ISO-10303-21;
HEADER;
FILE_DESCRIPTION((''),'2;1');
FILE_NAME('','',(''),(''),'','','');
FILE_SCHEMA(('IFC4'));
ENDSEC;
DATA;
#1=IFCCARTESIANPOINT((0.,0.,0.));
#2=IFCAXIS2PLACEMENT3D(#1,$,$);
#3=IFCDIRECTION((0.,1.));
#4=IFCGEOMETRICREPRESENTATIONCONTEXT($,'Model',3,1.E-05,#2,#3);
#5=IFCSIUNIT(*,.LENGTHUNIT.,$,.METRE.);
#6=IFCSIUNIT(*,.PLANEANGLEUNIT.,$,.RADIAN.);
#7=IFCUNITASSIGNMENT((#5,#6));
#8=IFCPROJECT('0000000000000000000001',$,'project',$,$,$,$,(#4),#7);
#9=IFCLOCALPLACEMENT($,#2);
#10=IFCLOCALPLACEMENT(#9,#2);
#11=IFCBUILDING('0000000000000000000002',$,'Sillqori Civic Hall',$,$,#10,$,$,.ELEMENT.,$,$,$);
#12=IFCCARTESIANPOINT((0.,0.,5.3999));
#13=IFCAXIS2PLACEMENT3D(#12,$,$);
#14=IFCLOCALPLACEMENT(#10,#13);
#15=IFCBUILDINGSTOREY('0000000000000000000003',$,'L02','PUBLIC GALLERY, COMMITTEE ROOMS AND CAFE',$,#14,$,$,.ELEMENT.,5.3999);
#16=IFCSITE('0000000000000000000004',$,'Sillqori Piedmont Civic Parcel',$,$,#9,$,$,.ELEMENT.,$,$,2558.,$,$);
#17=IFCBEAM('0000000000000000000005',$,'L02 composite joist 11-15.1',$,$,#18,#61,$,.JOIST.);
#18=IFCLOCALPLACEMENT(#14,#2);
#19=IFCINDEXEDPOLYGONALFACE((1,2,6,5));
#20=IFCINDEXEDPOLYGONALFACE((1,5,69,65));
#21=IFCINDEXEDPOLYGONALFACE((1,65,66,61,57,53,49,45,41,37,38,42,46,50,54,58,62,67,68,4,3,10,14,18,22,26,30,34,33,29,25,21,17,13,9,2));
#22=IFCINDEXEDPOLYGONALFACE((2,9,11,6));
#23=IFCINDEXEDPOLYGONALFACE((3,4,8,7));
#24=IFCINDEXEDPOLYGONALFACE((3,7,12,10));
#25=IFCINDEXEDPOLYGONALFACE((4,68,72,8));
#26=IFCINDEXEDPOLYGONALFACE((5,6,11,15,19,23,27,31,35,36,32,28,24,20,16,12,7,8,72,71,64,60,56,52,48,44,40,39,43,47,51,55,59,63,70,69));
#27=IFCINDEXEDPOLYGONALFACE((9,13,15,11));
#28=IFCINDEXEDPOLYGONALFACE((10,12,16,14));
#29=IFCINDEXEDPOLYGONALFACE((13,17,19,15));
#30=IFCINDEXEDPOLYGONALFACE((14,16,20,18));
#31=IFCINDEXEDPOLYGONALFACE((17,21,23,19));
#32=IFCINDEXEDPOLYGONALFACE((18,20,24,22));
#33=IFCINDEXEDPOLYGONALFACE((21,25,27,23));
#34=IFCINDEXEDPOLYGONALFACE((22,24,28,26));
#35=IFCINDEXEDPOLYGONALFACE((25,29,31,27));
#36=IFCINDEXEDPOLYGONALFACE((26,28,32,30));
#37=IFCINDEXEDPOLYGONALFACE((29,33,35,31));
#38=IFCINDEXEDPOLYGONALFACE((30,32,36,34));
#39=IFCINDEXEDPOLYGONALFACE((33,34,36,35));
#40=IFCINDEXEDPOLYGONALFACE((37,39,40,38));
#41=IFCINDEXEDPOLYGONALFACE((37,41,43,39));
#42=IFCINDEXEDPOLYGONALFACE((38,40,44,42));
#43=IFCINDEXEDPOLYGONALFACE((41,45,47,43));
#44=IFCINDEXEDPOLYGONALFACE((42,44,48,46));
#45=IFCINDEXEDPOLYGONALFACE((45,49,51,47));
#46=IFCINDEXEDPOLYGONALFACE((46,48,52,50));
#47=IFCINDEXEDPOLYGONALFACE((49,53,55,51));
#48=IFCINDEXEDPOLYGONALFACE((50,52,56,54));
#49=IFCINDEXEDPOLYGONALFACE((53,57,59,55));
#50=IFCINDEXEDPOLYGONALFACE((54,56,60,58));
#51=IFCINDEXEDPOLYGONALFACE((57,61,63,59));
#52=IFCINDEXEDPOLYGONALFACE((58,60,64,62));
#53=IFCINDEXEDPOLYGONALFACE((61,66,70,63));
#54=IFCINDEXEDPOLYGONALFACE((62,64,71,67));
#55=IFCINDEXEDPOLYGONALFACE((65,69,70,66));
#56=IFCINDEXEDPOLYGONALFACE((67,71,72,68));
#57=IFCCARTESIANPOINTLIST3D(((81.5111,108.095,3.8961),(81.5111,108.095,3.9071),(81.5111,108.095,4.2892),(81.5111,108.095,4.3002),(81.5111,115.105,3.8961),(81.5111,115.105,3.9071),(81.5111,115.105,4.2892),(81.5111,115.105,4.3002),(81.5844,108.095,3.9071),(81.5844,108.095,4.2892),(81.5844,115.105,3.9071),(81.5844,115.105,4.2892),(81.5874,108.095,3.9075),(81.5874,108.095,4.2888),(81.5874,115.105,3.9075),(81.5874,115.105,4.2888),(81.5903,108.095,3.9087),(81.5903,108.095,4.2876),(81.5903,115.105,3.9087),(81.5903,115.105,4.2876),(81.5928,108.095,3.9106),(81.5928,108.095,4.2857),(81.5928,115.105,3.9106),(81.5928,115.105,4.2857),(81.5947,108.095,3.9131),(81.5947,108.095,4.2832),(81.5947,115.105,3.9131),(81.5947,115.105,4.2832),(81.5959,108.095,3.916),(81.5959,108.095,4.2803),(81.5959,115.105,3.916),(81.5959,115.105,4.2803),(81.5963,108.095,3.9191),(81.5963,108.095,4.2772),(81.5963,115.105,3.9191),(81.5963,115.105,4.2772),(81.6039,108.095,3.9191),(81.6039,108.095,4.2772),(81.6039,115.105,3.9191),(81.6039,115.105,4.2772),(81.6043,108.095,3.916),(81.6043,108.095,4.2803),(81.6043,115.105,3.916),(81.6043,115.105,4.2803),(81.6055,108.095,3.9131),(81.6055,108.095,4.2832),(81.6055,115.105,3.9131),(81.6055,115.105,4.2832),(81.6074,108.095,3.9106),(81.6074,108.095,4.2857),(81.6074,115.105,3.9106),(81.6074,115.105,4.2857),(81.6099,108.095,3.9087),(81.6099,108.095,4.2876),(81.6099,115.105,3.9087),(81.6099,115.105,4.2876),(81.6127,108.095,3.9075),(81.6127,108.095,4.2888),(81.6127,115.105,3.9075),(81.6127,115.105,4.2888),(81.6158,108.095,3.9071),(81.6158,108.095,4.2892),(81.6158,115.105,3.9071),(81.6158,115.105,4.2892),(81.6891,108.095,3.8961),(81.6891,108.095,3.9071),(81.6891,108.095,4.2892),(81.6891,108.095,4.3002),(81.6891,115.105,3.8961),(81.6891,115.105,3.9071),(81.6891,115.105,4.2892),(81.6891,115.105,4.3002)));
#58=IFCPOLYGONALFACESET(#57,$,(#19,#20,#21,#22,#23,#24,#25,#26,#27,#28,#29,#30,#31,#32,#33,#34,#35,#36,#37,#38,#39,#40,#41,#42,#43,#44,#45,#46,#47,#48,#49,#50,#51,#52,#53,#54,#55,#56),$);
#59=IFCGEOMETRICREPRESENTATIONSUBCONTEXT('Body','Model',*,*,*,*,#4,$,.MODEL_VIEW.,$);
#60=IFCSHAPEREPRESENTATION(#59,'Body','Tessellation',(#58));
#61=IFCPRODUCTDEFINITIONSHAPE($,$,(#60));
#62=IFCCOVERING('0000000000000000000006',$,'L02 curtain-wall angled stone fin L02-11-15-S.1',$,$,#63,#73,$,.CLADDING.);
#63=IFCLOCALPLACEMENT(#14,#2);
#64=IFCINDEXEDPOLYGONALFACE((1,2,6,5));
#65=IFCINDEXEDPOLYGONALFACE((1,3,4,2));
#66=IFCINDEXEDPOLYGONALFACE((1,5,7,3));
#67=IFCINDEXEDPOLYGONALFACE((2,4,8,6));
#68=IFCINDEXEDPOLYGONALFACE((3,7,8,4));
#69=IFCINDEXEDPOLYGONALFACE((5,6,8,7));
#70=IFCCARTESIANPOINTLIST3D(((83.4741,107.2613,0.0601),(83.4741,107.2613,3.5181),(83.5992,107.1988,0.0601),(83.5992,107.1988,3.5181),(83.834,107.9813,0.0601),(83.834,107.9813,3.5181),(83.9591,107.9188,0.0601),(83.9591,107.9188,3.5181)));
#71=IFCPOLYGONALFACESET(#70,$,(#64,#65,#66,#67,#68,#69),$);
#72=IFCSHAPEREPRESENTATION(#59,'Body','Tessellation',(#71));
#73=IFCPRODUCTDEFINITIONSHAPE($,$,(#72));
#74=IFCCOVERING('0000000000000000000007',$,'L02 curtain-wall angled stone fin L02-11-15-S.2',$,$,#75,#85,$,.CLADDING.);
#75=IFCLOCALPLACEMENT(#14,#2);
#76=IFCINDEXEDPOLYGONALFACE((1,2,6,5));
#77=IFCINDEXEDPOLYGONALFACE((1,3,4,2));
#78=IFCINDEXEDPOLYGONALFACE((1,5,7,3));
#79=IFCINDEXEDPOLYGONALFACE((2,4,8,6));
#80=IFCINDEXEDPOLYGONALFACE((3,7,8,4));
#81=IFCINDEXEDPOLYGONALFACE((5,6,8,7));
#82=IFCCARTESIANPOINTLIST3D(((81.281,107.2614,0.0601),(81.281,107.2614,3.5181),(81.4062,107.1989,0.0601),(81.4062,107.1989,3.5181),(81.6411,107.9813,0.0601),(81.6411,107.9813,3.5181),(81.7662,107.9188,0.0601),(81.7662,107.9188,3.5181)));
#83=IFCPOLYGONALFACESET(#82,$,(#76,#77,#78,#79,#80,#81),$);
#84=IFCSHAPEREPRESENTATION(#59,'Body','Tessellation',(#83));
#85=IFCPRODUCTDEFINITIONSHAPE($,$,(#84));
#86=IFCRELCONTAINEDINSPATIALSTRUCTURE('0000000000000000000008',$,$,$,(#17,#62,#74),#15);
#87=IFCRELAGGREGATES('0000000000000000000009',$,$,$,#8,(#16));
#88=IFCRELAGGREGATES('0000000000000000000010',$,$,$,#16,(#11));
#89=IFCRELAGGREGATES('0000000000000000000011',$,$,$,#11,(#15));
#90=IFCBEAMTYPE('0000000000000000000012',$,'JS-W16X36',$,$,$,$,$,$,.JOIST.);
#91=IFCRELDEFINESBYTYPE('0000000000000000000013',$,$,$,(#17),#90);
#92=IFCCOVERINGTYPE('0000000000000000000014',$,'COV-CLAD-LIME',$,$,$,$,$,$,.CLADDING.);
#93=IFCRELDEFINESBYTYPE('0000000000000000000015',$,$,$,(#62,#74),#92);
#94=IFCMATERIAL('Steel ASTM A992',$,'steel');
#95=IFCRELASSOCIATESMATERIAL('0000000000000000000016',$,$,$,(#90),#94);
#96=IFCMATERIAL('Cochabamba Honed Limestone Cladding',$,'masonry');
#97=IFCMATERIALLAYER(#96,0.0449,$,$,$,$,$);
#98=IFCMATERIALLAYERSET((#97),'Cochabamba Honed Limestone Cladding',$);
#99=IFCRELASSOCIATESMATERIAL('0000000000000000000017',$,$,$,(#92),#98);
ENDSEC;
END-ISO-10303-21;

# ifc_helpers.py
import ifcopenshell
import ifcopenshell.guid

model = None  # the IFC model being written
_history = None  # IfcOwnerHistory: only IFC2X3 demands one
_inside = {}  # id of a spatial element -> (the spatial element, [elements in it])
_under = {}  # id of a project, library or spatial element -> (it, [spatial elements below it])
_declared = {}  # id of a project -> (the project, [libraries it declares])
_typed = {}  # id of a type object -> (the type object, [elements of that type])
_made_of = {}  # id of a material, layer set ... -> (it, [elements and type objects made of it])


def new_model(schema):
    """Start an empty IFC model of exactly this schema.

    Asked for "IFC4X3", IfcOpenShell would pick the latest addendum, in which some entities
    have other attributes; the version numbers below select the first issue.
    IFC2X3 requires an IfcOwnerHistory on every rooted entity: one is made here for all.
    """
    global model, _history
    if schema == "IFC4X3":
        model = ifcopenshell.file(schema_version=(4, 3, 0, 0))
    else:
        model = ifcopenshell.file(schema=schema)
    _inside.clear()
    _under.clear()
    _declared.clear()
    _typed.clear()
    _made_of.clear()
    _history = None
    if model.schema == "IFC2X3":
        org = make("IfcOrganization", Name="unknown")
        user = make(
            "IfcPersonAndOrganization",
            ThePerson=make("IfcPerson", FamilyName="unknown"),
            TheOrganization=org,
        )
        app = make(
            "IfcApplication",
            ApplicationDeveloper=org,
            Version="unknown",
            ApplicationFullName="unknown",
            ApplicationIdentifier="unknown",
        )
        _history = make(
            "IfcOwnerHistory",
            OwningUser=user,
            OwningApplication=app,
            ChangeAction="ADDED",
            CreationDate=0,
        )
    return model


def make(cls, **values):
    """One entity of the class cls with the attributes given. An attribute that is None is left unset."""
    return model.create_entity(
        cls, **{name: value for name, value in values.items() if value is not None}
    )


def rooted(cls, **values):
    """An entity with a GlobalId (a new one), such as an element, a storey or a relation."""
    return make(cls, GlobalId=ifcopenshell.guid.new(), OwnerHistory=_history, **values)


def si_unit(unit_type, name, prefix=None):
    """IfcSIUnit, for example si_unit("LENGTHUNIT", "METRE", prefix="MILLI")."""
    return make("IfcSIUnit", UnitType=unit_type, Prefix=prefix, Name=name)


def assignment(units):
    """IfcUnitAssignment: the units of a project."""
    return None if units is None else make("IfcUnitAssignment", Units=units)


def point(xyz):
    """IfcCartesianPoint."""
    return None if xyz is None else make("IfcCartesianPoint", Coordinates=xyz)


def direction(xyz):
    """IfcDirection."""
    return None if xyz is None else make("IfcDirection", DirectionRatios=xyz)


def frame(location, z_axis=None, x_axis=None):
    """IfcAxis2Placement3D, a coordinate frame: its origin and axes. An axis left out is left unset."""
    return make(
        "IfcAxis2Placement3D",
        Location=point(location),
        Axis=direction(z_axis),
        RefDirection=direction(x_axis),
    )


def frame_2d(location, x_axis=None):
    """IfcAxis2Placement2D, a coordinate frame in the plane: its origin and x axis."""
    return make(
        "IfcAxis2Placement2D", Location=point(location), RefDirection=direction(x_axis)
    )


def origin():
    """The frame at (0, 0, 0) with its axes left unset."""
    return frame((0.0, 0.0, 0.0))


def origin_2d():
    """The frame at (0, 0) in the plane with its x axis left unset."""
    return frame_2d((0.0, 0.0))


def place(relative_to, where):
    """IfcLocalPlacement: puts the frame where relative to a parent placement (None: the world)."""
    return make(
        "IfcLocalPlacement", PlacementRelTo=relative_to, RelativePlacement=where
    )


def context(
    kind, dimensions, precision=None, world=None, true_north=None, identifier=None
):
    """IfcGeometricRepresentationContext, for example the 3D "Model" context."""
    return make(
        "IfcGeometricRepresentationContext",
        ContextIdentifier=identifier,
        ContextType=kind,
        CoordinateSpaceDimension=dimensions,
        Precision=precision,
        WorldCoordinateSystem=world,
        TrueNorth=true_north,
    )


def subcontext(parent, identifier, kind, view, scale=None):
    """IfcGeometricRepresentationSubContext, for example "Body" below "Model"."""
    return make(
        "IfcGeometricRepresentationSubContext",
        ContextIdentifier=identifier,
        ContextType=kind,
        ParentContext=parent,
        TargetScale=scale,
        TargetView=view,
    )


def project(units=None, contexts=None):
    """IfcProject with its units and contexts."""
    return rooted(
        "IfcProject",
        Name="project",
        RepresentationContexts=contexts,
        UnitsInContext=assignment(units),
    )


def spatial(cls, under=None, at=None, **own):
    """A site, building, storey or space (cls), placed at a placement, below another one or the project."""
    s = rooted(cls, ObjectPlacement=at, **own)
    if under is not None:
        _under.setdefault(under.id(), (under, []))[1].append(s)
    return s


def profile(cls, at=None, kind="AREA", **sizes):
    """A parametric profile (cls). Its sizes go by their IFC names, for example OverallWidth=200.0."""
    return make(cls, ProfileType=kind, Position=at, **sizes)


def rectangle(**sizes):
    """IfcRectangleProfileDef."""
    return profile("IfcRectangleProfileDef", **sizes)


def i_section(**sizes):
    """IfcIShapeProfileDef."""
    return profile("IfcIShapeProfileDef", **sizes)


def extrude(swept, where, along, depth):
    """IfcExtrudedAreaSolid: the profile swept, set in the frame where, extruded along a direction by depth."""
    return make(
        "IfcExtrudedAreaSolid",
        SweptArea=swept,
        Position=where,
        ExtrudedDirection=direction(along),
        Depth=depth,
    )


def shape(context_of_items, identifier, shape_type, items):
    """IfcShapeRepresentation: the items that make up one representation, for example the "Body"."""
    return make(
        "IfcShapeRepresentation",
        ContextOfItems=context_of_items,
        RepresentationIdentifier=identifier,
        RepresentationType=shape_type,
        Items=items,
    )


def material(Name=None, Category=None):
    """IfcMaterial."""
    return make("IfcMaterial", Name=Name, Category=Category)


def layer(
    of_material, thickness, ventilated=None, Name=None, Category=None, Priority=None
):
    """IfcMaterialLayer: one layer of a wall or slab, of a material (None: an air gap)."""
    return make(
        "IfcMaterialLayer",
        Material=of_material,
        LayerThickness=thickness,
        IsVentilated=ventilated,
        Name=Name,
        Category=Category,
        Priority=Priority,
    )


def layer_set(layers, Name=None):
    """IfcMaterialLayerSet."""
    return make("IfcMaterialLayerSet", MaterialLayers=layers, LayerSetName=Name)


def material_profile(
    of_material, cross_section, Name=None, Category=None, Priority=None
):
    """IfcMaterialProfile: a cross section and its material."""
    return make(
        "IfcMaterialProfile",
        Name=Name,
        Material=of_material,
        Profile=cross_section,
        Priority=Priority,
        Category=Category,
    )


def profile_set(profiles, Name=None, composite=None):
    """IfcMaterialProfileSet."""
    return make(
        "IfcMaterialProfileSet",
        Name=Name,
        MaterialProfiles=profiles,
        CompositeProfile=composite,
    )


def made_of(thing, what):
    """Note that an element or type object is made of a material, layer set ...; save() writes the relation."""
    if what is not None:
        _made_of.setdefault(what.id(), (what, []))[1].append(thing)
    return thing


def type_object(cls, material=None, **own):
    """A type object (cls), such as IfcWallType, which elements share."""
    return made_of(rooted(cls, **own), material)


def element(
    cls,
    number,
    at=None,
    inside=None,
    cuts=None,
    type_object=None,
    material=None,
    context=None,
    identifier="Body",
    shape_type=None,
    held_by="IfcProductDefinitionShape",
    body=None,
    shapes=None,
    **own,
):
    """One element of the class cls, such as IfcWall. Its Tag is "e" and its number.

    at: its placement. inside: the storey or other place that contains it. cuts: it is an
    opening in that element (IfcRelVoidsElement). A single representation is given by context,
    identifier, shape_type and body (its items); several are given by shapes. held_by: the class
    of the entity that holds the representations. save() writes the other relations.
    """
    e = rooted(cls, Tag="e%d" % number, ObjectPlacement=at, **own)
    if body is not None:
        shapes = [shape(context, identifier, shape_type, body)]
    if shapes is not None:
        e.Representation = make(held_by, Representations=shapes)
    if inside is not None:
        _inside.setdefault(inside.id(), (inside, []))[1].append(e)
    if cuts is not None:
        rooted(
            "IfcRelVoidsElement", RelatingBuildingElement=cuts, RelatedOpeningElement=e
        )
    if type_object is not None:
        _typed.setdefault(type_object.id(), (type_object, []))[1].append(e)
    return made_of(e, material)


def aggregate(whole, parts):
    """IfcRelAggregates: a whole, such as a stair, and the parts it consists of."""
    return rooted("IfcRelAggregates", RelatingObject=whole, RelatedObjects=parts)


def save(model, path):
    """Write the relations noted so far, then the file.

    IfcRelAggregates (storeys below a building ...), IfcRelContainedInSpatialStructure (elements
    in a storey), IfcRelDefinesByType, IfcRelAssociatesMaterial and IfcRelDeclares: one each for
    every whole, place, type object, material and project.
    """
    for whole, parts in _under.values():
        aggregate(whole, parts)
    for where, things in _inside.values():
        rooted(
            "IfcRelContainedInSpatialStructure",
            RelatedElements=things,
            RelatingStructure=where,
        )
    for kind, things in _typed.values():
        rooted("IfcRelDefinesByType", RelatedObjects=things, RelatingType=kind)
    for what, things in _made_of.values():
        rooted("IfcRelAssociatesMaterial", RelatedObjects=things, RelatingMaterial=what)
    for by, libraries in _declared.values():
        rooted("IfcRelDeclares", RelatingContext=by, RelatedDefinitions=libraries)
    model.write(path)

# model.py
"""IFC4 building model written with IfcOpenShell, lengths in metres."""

from ifc_helpers import new_model, si_unit, direction, frame, frame_2d, origin, origin_2d, place, context, subcontext, project, spatial, rectangle, i_section, extrude, material, layer, layer_set, material_profile, profile_set, type_object, element, save


model = new_model("IFC4")

# Units and contexts
model_context = context("Model", 3, precision=1e-05, world=origin(), true_north=direction((0.0, 1.0)))
body_context = subcontext(model_context, "Body", "Model", "MODEL_VIEW")
ifc_project = project(units=[si_unit("LENGTHUNIT", "METRE"), si_unit("PLANEANGLEUNIT", "RADIAN")], contexts=[model_context])

# Site, building, storey
site_placement = place(None, origin())
building_placement = place(site_placement, origin())
storey_placement = place(building_placement, frame((0.0, 0.0, 5.3999)))
site = spatial("IfcSite", under=ifc_project, at=site_placement, Name="Sillqori Piedmont Civic Parcel", CompositionType="ELEMENT", RefElevation=2558.0)
building = spatial("IfcBuilding", under=site, at=building_placement, Name="Sillqori Civic Hall", CompositionType="ELEMENT")
storey = spatial("IfcBuildingStorey", under=building, at=storey_placement, Name="L02", Description="PUBLIC GALLERY, COMMITTEE ROOMS AND CAFE", CompositionType="ELEMENT", Elevation=5.3999)

# Beam
ifc_material_1 = material(Name="Steel ASTM A992", Category="steel")
ifc_material_profile_1 = material_profile(ifc_material_1, i_section(OverallWidth=0.178, OverallDepth=0.4041, WebThickness=0.0076, FlangeThickness=0.011, FilletRadius=0.012, at=origin_2d()), Name="W16X36")
ifc_profile_set_1 = profile_set([ifc_material_profile_1], Name="Steel ASTM A992")
beam_type = type_object("IfcBeamType", Name="JS-W16X36", PredefinedType="JOIST", material=ifc_profile_set_1)
beam_placement = place(storey_placement, frame((81.6001, 108.095, 4.0981), z_axis=(0.0, 1.0, 0.0), x_axis=(-1.0, 0.0, 0.0)))
element("IfcBeam", 1, at=beam_placement, inside=storey, type_object=beam_type, Name="L02 composite joist 11-15.1", PredefinedType="JOIST", context=body_context, shape_type="SweptSolid", body=[
    extrude(i_section(OverallWidth=0.178, OverallDepth=0.4041, WebThickness=0.0076, FlangeThickness=0.011, FilletRadius=0.012, at=origin_2d()), origin(), (0.0, 0.0, 1.0), 7.01),
])

# Coverings
ifc_material_2 = material(Name="Cochabamba Honed Limestone Cladding", Category="masonry")
ifc_layer_1 = layer(ifc_material_2, 0.0449)
ifc_layer_set_1 = layer_set([ifc_layer_1], Name="Cochabamba Honed Limestone Cladding")
covering_type = type_object("IfcCoveringType", Name="COV-CLAD-LIME", PredefinedType="CLADDING", material=ifc_layer_set_1)
for number, where, z_axis, x_axis, name in (
    (2, (83.8965, 107.95, 0.0601), (0.0, 0.0, 1.0), (-0.447092, -0.894488, 0.0), "L02 curtain-wall angled stone fin L02-11-15-S.1"),
    (3, (81.7036, 107.95, 0.0601), (0.0, 0.0, 1.0), (-0.447335, -0.894367, 0.0), "L02 curtain-wall angled stone fin L02-11-15-S.2"),
):
    element("IfcCovering", number, at=place(storey_placement, frame(where, z_axis=z_axis, x_axis=x_axis)), inside=storey, type_object=covering_type, Name=name, PredefinedType="CLADDING", context=body_context, shape_type="SweptSolid", body=[
        extrude(rectangle(XDim=0.8049, YDim=0.1399, at=frame_2d((0.4023, 0.0))), origin(), (0.0, 0.0, 1.0), 3.458),
    ])

save(model, "model.ifc")
